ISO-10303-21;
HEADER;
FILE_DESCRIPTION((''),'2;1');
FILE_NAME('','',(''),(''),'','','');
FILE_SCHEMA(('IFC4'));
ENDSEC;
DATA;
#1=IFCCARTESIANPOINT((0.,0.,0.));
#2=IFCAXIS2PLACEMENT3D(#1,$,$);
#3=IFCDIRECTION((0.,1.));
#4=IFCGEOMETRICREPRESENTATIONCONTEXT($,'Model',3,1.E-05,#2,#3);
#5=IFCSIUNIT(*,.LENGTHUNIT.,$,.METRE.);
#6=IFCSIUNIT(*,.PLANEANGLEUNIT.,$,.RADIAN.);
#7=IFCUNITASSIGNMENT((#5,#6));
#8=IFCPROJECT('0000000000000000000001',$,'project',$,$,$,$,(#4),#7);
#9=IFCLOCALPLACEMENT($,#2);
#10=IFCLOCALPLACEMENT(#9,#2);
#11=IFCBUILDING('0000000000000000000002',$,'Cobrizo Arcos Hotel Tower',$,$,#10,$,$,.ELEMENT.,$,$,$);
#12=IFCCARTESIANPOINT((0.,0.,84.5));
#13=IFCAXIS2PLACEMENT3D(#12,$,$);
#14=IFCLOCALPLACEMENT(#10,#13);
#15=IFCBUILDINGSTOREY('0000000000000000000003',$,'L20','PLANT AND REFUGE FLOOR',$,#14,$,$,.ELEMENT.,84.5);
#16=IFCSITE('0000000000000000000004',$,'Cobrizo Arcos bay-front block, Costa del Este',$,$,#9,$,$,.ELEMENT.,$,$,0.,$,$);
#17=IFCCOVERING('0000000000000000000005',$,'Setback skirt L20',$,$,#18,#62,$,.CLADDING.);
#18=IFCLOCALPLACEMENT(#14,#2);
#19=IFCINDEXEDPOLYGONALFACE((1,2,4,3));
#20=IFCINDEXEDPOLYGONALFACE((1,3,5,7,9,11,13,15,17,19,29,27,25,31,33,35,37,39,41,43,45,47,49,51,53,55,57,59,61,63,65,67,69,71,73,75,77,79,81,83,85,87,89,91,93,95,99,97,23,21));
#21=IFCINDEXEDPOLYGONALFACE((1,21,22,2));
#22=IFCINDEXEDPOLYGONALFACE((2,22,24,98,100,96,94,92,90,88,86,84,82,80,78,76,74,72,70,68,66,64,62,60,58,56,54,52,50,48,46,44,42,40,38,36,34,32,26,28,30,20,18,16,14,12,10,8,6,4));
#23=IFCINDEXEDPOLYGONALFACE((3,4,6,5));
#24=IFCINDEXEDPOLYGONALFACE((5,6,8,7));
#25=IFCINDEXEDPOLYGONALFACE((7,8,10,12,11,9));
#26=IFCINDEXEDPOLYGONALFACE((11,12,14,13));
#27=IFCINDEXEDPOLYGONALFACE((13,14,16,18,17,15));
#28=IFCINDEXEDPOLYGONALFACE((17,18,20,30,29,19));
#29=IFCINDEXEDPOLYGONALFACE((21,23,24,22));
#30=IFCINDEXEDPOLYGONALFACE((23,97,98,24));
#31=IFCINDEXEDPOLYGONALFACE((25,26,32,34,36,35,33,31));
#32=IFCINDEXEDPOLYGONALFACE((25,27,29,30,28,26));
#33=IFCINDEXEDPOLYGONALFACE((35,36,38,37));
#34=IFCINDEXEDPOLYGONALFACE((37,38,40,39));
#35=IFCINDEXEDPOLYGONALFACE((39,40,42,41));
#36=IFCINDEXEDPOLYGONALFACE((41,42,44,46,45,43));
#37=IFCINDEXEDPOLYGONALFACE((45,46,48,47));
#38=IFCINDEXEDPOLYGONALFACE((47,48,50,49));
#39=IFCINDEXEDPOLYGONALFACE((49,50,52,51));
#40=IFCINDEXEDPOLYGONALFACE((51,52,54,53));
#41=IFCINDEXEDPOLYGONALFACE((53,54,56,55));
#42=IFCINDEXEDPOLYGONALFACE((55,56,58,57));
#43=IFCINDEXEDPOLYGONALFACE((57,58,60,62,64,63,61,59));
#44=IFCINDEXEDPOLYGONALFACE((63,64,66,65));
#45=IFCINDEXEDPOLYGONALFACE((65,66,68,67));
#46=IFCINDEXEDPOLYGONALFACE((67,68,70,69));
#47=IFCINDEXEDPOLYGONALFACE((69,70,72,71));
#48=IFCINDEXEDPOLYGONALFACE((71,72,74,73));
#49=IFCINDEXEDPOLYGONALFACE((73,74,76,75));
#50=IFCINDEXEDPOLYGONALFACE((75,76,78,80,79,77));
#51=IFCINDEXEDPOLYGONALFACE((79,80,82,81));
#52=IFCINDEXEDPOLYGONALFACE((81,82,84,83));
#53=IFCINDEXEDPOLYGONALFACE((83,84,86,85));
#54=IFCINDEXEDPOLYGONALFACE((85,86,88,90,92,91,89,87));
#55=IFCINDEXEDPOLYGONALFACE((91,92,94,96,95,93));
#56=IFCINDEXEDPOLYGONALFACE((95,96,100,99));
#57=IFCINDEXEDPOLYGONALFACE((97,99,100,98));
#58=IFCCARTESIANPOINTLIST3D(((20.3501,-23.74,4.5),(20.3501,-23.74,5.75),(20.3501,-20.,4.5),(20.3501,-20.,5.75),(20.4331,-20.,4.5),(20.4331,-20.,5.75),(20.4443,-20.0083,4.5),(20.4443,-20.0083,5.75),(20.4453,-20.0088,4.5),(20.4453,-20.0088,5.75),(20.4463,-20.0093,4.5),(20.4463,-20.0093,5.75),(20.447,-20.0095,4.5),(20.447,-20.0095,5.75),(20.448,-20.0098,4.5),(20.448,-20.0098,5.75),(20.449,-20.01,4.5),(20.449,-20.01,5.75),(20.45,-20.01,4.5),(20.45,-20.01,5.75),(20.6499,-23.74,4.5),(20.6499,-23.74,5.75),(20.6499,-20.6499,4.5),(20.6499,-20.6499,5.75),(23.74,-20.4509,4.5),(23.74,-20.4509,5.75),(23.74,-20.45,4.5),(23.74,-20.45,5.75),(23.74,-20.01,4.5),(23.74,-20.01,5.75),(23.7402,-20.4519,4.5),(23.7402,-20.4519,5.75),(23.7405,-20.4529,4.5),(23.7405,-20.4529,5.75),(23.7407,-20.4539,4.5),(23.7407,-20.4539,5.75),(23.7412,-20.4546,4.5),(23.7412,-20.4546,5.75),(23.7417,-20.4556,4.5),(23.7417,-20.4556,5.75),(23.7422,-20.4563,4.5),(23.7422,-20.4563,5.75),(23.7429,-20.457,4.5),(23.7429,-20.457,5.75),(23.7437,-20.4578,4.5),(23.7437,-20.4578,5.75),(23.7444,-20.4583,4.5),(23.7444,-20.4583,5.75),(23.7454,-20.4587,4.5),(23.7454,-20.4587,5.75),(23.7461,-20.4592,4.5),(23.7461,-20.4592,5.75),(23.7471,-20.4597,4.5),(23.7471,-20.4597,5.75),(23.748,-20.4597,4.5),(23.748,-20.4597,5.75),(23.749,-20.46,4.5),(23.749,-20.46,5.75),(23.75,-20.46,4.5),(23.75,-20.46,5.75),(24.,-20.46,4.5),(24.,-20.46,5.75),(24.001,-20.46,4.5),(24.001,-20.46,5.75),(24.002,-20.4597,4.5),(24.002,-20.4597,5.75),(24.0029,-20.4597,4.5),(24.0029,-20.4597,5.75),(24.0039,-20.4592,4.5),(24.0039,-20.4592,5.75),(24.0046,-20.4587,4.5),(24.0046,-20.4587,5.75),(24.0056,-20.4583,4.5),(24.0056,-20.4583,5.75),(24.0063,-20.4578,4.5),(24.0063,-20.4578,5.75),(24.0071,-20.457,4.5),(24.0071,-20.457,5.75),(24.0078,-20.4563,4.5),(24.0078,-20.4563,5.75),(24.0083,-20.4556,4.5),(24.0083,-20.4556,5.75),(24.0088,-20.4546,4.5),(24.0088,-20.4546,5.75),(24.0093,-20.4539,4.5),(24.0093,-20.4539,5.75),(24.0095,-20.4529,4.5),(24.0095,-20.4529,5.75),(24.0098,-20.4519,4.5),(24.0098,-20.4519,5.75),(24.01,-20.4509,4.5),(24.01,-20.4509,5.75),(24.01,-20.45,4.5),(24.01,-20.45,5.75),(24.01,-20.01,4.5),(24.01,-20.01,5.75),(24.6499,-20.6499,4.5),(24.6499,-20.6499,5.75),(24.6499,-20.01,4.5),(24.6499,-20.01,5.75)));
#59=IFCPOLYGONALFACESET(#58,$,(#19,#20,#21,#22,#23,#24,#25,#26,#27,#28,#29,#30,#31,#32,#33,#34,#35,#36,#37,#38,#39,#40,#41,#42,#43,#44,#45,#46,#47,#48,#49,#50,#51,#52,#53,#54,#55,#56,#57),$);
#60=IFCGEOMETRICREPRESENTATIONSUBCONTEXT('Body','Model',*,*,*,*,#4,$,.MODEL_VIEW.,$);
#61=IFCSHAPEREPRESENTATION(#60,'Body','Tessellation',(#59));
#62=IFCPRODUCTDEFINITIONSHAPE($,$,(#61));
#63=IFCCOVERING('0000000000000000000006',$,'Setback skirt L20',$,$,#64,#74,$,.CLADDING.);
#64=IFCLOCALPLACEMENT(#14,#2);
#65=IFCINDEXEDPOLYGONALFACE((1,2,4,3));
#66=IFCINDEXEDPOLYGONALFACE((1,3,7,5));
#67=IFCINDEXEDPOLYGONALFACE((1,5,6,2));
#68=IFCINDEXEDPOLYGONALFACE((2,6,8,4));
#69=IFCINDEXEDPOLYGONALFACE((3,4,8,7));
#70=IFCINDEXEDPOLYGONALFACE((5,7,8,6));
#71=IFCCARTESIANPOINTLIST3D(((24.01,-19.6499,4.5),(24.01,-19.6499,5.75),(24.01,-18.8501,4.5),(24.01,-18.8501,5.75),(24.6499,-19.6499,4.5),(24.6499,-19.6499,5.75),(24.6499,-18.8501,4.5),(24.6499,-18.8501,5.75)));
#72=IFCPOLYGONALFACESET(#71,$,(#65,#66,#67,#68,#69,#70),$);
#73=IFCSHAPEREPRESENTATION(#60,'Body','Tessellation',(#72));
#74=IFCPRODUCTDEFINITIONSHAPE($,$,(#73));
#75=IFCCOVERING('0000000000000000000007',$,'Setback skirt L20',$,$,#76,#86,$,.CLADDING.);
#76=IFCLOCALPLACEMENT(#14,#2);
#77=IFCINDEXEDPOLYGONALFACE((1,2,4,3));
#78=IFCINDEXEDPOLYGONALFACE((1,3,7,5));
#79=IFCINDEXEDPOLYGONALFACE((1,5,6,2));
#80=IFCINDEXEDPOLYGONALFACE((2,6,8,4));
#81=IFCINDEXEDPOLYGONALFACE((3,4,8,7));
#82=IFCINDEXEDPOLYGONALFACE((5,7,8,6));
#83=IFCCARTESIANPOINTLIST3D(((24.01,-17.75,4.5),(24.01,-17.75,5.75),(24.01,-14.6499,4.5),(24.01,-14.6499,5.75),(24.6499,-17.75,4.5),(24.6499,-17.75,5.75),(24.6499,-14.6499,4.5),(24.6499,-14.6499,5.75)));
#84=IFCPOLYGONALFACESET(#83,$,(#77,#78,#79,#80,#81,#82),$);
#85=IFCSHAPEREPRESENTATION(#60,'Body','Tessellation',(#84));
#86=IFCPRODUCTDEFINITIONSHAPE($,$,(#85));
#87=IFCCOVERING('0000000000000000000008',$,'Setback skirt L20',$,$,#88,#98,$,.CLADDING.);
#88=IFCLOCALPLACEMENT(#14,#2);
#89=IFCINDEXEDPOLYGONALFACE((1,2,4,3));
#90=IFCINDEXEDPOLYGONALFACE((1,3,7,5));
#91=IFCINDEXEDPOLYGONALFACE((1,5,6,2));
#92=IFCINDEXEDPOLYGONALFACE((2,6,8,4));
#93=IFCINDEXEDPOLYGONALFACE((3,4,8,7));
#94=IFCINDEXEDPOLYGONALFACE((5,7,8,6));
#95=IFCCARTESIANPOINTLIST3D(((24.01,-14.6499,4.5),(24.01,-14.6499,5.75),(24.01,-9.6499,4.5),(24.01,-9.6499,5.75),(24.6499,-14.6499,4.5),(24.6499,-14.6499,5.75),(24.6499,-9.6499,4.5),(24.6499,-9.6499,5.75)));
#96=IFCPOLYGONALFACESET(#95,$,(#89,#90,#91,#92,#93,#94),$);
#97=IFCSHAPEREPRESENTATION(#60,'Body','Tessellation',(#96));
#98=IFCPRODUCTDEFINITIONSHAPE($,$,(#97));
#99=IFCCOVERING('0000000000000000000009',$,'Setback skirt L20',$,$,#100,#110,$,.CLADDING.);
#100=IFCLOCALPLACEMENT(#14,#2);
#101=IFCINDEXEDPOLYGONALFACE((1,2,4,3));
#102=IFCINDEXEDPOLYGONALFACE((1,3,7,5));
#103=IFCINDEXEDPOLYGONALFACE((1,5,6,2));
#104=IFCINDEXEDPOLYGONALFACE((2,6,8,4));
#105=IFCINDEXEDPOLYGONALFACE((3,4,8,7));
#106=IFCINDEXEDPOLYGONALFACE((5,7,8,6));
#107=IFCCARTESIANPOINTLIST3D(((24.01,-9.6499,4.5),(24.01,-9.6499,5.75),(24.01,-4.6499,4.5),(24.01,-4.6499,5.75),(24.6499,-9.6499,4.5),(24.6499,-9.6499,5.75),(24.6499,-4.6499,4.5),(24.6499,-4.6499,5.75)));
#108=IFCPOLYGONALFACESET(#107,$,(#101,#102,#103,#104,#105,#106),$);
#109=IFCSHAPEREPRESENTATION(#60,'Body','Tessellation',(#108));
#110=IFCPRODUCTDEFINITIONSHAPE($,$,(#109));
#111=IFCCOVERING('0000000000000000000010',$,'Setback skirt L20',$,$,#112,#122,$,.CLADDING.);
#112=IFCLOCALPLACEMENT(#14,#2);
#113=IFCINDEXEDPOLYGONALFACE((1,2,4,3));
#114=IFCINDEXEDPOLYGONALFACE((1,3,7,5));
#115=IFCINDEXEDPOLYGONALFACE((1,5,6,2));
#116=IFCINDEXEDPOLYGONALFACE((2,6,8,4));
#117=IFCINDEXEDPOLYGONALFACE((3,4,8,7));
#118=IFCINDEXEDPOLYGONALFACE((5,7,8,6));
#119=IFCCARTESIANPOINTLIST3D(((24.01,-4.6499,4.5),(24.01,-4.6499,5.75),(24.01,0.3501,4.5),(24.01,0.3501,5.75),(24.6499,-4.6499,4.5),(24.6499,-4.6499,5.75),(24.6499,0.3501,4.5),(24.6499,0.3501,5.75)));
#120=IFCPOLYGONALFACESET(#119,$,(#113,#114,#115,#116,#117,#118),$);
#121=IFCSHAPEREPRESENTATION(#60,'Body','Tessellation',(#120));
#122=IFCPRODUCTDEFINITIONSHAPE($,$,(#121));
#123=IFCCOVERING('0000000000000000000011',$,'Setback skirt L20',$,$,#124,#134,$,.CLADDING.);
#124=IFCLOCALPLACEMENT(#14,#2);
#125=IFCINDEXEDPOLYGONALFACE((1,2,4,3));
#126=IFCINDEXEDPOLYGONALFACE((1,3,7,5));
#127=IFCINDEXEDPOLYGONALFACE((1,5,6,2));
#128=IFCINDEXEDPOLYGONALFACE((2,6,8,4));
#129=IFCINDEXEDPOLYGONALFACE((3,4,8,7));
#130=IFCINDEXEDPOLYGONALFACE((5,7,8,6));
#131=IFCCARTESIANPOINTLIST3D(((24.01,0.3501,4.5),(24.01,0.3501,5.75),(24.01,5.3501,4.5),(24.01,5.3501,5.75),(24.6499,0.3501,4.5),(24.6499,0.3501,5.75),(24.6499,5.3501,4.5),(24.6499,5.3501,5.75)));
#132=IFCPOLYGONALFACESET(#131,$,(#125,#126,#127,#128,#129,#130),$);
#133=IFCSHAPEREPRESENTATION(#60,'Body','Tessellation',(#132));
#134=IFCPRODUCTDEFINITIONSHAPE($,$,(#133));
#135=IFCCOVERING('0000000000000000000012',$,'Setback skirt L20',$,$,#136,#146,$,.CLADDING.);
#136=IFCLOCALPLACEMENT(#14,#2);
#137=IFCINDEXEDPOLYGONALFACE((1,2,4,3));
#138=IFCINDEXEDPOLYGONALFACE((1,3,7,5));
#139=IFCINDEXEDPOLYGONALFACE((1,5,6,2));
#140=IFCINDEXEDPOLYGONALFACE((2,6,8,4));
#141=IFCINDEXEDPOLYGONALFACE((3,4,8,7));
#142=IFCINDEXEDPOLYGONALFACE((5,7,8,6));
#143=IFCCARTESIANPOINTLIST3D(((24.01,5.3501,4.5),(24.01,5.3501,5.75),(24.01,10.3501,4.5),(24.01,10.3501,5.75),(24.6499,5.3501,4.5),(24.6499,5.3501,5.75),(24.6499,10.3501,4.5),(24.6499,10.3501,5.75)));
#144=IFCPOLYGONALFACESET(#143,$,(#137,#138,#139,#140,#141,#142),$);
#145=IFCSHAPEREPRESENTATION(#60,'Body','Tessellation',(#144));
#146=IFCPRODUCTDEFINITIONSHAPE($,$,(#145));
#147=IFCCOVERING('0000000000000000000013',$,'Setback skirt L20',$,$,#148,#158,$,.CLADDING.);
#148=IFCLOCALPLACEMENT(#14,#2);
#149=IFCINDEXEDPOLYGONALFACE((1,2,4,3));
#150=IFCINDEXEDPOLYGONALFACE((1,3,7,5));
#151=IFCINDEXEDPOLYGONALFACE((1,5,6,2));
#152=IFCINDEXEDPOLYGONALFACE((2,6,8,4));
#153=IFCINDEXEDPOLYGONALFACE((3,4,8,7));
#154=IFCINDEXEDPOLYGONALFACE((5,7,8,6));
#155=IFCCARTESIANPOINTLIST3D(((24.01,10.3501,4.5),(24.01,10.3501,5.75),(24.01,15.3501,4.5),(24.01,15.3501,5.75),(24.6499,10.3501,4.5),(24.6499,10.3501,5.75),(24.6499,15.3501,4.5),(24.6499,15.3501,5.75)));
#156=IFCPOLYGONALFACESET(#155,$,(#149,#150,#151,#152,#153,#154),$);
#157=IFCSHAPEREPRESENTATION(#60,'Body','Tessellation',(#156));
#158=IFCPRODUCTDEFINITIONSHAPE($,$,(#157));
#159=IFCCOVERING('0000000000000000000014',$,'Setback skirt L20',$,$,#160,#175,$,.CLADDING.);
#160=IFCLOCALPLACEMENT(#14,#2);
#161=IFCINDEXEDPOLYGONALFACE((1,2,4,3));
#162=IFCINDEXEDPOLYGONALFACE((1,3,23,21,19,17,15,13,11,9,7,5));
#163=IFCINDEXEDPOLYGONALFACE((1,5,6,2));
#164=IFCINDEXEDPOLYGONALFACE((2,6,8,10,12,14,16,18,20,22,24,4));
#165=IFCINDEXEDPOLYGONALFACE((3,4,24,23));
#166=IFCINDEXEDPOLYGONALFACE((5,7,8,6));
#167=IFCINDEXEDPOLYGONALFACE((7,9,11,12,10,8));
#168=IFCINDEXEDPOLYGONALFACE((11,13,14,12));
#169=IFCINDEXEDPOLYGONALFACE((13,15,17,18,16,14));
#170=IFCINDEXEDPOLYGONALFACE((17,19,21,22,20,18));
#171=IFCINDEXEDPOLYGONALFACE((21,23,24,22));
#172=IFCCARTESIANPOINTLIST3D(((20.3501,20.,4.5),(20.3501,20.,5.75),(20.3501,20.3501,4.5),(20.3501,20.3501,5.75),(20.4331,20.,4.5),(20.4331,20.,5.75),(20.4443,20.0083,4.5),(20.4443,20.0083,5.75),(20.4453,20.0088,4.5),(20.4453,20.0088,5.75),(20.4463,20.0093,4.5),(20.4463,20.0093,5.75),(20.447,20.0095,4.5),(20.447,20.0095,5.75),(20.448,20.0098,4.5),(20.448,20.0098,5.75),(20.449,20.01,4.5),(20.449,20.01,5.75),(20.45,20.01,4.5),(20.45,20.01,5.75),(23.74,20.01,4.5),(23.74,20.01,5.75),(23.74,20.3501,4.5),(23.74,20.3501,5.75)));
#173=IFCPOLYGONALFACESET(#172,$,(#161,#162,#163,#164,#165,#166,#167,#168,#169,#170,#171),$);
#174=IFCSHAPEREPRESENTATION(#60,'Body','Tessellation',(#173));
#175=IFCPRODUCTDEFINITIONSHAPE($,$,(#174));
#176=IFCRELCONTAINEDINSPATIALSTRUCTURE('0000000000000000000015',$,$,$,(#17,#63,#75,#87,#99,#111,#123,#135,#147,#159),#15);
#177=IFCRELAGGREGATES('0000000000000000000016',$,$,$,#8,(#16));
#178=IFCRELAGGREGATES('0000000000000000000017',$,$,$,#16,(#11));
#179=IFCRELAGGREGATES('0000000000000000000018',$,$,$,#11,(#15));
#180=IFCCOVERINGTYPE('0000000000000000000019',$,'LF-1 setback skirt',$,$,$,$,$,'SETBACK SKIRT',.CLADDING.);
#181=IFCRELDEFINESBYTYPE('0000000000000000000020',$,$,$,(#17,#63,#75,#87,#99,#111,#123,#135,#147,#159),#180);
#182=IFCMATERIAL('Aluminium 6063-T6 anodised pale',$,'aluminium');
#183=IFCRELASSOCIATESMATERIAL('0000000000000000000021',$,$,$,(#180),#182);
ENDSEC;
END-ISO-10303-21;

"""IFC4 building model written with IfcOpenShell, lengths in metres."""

from ifc_helpers import new_model, si_unit, direction, frame, origin, place, context, subcontext, project, spatial, polyline, outline, extrude, material, type_object, element, save


model = new_model("IFC4")

# Units and contexts
model_context = context("Model", 3, precision=1e-05, world=origin(), true_north=direction((0.0, 1.0)))
body_context = subcontext(model_context, "Body", "Model", "MODEL_VIEW")
ifc_project = project(units=[si_unit("LENGTHUNIT", "METRE"), si_unit("PLANEANGLEUNIT", "RADIAN")], contexts=[model_context])

# Site, building, storey
site_placement = place(None, origin())
site = spatial("IfcSite", under=ifc_project, at=site_placement, Name="Cobrizo Arcos bay-front block, Costa del Este", CompositionType="ELEMENT", RefElevation=0.0)
building_placement = place(site_placement, origin())
building = spatial("IfcBuilding", under=site, at=building_placement, Name="Cobrizo Arcos Hotel Tower", CompositionType="ELEMENT")
storey_placement = place(building_placement, frame((0.0, 0.0, 84.5)))
storey = spatial("IfcBuildingStorey", under=building, at=storey_placement, Name="L20", Description="PLANT AND REFUGE FLOOR", CompositionType="ELEMENT", Elevation=84.5)

# Coverings
ifc_material = material(Name="Aluminium 6063-T6 anodised pale", Category="aluminium")
covering_type = type_object("IfcCoveringType", Name="LF-1 setback skirt", ElementType="SETBACK SKIRT", PredefinedType="CLADDING", material=ifc_material)
covering_1_placement = place(storey_placement, frame((0.0, 0.0, 4.5)))
element("IfcCovering", 1, at=covering_1_placement, inside=storey, type_object=covering_type, Name="Setback skirt L20", PredefinedType="CLADDING", context=body_context, shape_type="SweptSolid", body=[
    extrude(outline(polyline([(20.4331, -20.0), (20.3501, -20.0), (20.3501, -23.74), (20.6499, -23.74), (20.6499, -20.6499), (24.6499, -20.6499), (24.6499, -20.01), (24.01, -20.01), (24.01, -20.45), (24.01, -20.4509), (24.0098, -20.4519), (24.0095, -20.4529), (24.0093, -20.4539), (24.0088, -20.4546), (24.0083, -20.4556), (24.0078, -20.4563), (24.0071, -20.457), (24.0063, -20.4578), (24.0056, -20.4583), (24.0046, -20.4587), (24.0039, -20.4592), (24.0029, -20.4597), (24.002, -20.4597), (24.001, -20.46), (24.0, -20.46), (23.75, -20.46), (23.749, -20.46), (23.748, -20.4597), (23.7471, -20.4597), (23.7461, -20.4592), (23.7454, -20.4587), (23.7444, -20.4583), (23.7437, -20.4578), (23.7429, -20.457), (23.7422, -20.4563), (23.7417, -20.4556), (23.7412, -20.4546), (23.7407, -20.4539), (23.7405, -20.4529), (23.7402, -20.4519), (23.74, -20.4509), (23.74, -20.45), (23.74, -20.01), (20.45, -20.01), (20.449, -20.01), (20.448, -20.0098), (20.447, -20.0095), (20.4463, -20.0093), (20.4453, -20.0088), (20.4443, -20.0083), (20.4331, -20.0)])), origin(), (0.0, 0.0, 1.0), 1.25),
])
covering_2_placement = place(storey_placement, frame((0.0, 0.0, 4.5)))
element("IfcCovering", 2, at=covering_2_placement, inside=storey, type_object=covering_type, Name="Setback skirt L20", PredefinedType="CLADDING", context=body_context, shape_type="SweptSolid", body=[
    extrude(outline(polyline([(24.01, -18.8501), (24.01, -19.6499), (24.6499, -19.6499), (24.6499, -18.8501), (24.01, -18.8501)])), origin(), (0.0, 0.0, 1.0), 1.25),
])
covering_3_placement = place(storey_placement, frame((0.0, 0.0, 4.5)))
element("IfcCovering", 3, at=covering_3_placement, inside=storey, type_object=covering_type, Name="Setback skirt L20", PredefinedType="CLADDING", context=body_context, shape_type="SweptSolid", body=[
    extrude(outline(polyline([(24.6499, -17.75), (24.6499, -14.6499), (24.01, -14.6499), (24.01, -17.75), (24.6499, -17.75)])), origin(), (0.0, 0.0, 1.0), 1.25),
])
covering_4_placement = place(storey_placement, frame((0.0, 0.0, 4.5)))
element("IfcCovering", 4, at=covering_4_placement, inside=storey, type_object=covering_type, Name="Setback skirt L20", PredefinedType="CLADDING", context=body_context, shape_type="SweptSolid", body=[
    extrude(outline(polyline([(24.6499, -14.6499), (24.6499, -9.6499), (24.01, -9.6499), (24.01, -14.6499), (24.6499, -14.6499)])), origin(), (0.0, 0.0, 1.0), 1.25),
])
covering_5_placement = place(storey_placement, frame((0.0, 0.0, 4.5)))
element("IfcCovering", 5, at=covering_5_placement, inside=storey, type_object=covering_type, Name="Setback skirt L20", PredefinedType="CLADDING", context=body_context, shape_type="SweptSolid", body=[
    extrude(outline(polyline([(24.6499, -9.6499), (24.6499, -4.6499), (24.01, -4.6499), (24.01, -9.6499), (24.6499, -9.6499)])), origin(), (0.0, 0.0, 1.0), 1.25),
])
covering_6_placement = place(storey_placement, frame((0.0, 0.0, 4.5)))
element("IfcCovering", 6, at=covering_6_placement, inside=storey, type_object=covering_type, Name="Setback skirt L20", PredefinedType="CLADDING", context=body_context, shape_type="SweptSolid", body=[
    extrude(outline(polyline([(24.6499, -4.6499), (24.6499, 0.3501), (24.01, 0.3501), (24.01, -4.6499), (24.6499, -4.6499)])), origin(), (0.0, 0.0, 1.0), 1.25),
])
covering_7_placement = place(storey_placement, frame((0.0, 0.0, 4.5)))
element("IfcCovering", 7, at=covering_7_placement, inside=storey, type_object=covering_type, Name="Setback skirt L20", PredefinedType="CLADDING", context=body_context, shape_type="SweptSolid", body=[
    extrude(outline(polyline([(24.6499, 0.3501), (24.6499, 5.3501), (24.01, 5.3501), (24.01, 0.3501), (24.6499, 0.3501)])), origin(), (0.0, 0.0, 1.0), 1.25),
])
covering_8_placement = place(storey_placement, frame((0.0, 0.0, 4.5)))
element("IfcCovering", 8, at=covering_8_placement, inside=storey, type_object=covering_type, Name="Setback skirt L20", PredefinedType="CLADDING", context=body_context, shape_type="SweptSolid", body=[
    extrude(outline(polyline([(24.6499, 5.3501), (24.6499, 10.3501), (24.01, 10.3501), (24.01, 5.3501), (24.6499, 5.3501)])), origin(), (0.0, 0.0, 1.0), 1.25),
])
covering_9_placement = place(storey_placement, frame((0.0, 0.0, 4.5)))
element("IfcCovering", 9, at=covering_9_placement, inside=storey, type_object=covering_type, Name="Setback skirt L20", PredefinedType="CLADDING", context=body_context, shape_type="SweptSolid", body=[
    extrude(outline(polyline([(24.6499, 10.3501), (24.6499, 15.3501), (24.01, 15.3501), (24.01, 10.3501), (24.6499, 10.3501)])), origin(), (0.0, 0.0, 1.0), 1.25),
])
covering_10_placement = place(storey_placement, frame((0.0, 0.0, 4.5)))
element("IfcCovering", 10, at=covering_10_placement, inside=storey, type_object=covering_type, Name="Setback skirt L20", PredefinedType="CLADDING", context=body_context, shape_type="SweptSolid", body=[
    extrude(outline(polyline([(23.74, 20.01), (23.74, 20.3501), (20.3501, 20.3501), (20.3501, 20.0), (20.4331, 20.0), (20.4443, 20.0083), (20.4453, 20.0088), (20.4463, 20.0093), (20.447, 20.0095), (20.448, 20.0098), (20.449, 20.01), (20.45, 20.01), (23.74, 20.01)])), origin(), (0.0, 0.0, 1.0), 1.25),
])

save(model, "model.ifc")
